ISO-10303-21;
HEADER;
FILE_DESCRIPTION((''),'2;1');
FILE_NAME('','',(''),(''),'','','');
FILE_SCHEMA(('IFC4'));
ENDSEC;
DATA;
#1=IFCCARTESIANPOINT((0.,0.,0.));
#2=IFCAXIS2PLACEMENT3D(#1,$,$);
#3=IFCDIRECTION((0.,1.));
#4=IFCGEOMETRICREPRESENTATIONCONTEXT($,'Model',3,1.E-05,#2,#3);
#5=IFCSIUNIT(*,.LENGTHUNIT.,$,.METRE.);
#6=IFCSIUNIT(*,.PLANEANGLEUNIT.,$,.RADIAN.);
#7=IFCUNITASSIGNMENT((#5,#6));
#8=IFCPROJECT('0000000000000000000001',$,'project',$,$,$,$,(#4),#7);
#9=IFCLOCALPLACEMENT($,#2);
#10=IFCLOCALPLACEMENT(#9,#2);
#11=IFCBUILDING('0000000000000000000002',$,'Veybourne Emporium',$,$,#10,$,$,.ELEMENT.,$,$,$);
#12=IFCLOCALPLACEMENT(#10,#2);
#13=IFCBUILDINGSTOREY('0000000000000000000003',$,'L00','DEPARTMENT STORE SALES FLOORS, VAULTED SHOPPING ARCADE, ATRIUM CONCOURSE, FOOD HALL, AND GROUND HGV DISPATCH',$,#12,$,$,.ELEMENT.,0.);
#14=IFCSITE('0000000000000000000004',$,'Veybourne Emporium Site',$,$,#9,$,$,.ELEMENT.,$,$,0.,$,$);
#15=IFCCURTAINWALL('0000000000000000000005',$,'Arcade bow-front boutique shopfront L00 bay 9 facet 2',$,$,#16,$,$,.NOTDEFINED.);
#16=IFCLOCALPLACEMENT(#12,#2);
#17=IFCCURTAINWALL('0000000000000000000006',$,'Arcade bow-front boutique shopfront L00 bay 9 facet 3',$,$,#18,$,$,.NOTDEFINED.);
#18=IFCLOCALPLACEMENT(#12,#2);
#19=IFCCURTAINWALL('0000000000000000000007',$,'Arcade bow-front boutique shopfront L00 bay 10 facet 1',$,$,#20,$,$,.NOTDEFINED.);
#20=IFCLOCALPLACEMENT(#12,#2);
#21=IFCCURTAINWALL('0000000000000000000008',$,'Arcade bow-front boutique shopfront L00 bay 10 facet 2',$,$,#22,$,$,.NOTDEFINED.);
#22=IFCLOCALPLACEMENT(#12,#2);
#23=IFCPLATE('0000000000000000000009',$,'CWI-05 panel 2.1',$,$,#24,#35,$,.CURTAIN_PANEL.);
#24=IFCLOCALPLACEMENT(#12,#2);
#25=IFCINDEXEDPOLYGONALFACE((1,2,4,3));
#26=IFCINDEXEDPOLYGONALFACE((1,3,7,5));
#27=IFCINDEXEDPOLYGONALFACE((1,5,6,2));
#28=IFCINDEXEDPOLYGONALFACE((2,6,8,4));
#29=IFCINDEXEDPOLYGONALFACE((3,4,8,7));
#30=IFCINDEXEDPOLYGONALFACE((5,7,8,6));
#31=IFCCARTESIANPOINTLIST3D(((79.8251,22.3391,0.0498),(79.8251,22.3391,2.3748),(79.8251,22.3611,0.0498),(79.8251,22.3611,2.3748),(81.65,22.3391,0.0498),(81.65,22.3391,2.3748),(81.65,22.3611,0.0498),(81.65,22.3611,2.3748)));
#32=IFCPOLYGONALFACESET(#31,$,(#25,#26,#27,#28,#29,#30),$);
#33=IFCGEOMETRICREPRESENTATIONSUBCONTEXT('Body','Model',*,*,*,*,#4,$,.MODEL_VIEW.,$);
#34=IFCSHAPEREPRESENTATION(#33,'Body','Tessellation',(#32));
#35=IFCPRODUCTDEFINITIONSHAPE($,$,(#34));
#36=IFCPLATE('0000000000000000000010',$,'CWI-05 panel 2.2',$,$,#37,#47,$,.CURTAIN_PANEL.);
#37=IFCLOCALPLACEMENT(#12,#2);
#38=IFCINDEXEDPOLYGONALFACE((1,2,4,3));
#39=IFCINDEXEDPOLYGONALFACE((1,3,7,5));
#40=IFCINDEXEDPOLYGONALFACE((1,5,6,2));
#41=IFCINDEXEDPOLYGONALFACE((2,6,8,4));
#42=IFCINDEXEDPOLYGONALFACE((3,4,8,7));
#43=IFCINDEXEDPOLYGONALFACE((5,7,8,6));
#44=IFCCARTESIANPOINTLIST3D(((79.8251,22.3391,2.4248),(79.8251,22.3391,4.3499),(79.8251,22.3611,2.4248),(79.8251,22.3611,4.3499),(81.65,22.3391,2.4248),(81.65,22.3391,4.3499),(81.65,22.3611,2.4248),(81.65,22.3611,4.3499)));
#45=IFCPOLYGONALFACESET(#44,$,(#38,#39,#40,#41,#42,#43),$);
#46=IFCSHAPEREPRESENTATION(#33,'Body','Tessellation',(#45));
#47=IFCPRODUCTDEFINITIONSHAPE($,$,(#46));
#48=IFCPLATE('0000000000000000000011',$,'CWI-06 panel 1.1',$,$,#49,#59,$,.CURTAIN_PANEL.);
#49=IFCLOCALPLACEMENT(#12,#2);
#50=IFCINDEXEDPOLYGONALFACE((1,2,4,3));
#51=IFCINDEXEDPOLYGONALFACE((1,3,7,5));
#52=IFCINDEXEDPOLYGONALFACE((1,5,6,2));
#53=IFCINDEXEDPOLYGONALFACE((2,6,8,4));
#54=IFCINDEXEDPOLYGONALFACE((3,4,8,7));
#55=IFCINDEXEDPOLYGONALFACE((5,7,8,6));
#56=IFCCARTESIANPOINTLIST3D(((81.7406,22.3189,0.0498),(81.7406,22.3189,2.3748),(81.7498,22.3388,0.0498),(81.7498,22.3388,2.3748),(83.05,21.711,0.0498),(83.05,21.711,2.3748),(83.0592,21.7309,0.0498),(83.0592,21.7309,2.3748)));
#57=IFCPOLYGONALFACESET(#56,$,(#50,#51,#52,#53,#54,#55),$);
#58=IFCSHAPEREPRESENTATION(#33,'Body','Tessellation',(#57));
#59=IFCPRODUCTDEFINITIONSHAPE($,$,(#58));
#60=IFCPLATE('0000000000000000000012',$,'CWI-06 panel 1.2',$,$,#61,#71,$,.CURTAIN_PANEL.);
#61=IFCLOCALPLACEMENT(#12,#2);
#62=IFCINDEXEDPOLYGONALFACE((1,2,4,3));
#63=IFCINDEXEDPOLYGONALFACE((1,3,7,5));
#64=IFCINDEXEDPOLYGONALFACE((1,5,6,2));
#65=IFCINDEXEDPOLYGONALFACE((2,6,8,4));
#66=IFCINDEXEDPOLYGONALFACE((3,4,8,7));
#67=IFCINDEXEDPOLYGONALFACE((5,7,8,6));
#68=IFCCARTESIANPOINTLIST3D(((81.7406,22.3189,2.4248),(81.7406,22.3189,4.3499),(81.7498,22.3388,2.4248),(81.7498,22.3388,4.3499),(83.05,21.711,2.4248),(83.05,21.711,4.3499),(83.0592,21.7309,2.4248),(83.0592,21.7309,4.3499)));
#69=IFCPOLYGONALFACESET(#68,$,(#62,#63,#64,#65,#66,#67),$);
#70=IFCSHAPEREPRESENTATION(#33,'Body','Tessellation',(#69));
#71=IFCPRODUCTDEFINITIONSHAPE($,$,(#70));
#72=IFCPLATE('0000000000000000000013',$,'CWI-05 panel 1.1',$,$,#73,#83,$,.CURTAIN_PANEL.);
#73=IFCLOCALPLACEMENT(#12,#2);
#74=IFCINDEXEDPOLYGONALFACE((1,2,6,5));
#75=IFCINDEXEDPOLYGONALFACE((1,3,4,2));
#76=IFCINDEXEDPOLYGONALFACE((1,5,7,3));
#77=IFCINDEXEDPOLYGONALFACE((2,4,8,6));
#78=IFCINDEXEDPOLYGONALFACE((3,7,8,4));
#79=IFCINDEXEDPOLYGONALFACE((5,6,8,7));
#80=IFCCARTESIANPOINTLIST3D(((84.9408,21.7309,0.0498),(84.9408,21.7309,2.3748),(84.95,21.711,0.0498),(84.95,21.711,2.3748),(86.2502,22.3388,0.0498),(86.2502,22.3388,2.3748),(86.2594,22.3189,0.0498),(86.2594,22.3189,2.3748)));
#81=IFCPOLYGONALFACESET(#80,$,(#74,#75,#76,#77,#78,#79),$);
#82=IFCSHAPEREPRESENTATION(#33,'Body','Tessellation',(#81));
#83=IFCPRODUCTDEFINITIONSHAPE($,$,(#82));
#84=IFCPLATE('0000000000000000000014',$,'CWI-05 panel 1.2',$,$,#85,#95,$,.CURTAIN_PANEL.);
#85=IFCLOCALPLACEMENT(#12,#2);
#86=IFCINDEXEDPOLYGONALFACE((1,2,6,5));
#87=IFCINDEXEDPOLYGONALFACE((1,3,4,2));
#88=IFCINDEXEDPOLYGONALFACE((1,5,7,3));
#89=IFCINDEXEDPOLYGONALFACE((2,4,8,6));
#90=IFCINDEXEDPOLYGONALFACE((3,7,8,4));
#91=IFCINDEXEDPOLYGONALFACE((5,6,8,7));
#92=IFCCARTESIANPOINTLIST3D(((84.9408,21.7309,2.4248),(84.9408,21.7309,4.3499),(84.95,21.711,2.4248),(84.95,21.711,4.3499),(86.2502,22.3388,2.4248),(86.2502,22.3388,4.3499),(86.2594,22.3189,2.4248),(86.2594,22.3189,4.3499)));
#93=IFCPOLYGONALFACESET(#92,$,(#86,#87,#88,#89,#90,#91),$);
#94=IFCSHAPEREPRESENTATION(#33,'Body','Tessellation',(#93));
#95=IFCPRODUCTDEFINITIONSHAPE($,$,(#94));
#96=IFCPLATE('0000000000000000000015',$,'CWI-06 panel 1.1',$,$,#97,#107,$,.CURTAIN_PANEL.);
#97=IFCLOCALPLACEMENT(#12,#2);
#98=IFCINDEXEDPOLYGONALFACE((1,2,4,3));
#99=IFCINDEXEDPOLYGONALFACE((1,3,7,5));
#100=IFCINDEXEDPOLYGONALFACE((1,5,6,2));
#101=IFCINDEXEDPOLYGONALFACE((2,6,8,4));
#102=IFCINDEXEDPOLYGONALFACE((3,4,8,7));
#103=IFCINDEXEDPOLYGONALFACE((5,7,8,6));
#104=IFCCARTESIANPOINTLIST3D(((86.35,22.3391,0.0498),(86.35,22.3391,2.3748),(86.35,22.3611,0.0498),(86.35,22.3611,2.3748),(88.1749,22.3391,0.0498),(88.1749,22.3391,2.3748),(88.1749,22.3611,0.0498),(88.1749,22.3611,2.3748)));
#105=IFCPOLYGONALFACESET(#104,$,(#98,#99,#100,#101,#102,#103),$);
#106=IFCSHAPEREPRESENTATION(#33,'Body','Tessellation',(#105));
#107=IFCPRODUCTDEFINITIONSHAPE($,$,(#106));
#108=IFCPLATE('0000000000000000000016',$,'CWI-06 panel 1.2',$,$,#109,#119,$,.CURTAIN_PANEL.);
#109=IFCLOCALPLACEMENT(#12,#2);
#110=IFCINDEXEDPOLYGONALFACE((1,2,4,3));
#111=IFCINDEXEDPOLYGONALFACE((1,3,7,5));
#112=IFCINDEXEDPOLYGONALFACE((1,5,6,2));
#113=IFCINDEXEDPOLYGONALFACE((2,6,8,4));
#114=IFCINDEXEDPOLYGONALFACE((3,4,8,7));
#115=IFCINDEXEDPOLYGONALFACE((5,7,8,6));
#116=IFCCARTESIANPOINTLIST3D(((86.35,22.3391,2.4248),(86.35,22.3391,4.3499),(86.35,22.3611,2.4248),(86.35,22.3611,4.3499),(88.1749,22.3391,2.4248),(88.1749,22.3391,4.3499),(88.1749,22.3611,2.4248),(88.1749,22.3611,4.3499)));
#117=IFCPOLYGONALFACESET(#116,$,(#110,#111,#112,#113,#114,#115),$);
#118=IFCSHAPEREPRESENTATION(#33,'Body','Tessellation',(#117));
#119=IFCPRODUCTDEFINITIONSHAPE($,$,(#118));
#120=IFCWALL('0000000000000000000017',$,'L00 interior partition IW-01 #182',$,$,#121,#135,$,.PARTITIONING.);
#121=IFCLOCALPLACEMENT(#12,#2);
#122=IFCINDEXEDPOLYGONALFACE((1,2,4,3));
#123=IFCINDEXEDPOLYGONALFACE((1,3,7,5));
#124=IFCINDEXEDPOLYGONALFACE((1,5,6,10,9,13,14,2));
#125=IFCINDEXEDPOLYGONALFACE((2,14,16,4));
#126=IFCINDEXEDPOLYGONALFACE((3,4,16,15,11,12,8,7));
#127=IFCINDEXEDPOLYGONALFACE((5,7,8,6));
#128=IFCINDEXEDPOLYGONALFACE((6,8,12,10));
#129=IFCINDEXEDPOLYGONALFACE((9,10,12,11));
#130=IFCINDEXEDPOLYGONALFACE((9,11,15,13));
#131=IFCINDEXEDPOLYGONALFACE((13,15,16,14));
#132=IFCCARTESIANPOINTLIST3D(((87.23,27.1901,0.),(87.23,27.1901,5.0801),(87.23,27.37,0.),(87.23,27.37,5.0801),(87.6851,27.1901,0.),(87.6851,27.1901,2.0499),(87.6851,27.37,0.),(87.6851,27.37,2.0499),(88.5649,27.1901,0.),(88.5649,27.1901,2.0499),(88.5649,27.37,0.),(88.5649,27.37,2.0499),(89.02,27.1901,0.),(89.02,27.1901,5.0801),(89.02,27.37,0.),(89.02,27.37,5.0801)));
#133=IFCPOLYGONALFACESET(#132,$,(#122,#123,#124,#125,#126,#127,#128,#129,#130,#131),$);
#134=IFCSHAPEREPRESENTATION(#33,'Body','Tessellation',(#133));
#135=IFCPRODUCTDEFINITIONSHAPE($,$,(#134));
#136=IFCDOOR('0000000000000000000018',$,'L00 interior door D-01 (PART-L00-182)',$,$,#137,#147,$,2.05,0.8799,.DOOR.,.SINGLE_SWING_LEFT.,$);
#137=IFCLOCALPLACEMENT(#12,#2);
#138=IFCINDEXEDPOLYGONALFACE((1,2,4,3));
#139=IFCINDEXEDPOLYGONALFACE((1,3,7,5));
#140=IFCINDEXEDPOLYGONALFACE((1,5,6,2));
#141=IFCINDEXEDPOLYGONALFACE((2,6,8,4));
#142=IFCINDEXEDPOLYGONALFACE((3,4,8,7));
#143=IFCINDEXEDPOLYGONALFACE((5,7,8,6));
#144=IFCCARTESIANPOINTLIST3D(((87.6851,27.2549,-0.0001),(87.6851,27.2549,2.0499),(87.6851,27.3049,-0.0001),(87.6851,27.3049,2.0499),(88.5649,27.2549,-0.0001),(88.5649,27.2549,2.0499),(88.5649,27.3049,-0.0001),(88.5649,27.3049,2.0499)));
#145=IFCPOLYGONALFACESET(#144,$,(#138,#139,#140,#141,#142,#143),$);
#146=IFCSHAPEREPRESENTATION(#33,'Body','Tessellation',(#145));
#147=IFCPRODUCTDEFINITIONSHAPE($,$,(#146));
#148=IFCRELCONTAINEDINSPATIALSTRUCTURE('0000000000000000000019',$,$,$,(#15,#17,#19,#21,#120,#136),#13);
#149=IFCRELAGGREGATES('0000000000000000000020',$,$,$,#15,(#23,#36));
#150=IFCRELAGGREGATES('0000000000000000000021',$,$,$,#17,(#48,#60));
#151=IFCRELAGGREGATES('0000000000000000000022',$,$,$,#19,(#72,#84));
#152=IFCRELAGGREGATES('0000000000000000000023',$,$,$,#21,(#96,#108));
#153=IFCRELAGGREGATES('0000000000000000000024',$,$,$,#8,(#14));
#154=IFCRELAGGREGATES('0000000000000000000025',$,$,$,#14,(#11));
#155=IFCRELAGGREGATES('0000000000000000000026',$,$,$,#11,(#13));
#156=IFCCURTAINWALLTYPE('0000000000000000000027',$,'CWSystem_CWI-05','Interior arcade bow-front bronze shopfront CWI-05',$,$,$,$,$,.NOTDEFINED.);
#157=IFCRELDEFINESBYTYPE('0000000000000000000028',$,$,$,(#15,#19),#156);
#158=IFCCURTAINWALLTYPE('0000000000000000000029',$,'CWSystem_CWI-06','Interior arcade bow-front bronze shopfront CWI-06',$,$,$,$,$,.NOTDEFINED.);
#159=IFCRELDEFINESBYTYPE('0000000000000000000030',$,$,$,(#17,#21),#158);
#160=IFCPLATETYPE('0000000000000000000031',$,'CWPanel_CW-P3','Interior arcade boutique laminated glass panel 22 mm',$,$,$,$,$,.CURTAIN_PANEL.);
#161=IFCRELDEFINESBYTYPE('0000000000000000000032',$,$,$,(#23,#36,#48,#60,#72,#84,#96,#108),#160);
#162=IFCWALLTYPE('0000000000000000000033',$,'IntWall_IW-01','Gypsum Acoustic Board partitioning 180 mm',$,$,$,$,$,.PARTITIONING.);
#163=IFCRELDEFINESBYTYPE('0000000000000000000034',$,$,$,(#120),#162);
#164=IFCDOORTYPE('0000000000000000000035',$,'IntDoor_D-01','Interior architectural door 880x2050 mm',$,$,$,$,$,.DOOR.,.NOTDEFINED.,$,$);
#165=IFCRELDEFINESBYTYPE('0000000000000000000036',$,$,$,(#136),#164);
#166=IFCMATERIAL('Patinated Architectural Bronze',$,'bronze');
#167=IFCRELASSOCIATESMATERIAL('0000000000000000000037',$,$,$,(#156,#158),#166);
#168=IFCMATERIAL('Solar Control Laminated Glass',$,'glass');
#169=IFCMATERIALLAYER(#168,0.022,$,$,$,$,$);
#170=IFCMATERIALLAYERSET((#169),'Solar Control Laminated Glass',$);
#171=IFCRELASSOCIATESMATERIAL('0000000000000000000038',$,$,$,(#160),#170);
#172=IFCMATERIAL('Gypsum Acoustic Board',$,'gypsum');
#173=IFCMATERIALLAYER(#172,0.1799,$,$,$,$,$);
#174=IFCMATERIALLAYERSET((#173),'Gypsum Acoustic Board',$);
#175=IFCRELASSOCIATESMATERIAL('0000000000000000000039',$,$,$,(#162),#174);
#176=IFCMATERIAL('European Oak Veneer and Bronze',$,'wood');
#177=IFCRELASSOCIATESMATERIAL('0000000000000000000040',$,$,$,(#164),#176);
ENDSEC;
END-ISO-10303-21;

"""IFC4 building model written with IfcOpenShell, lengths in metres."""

from ifc_helpers import new_model, si_unit, direction, frame, frame_2d, origin, origin_2d, place, context, subcontext, project, spatial, rectangle, extrude, material, layer, layer_set, type_object, element, fill, aggregate, save


model = new_model("IFC4")

# Units and contexts
model_context = context("Model", 3, precision=1e-05, world=origin(), true_north=direction((0.0, 1.0)))
body_context = subcontext(model_context, "Body", "Model", "MODEL_VIEW")
ifc_project = project(units=[si_unit("LENGTHUNIT", "METRE"), si_unit("PLANEANGLEUNIT", "RADIAN")], contexts=[model_context])

# Site, building, storey
site_placement = place(None, origin())
site = spatial("IfcSite", under=ifc_project, at=site_placement, Name="Veybourne Emporium Site", CompositionType="ELEMENT", RefElevation=0.0)
building_placement = place(site_placement, origin())
building = spatial("IfcBuilding", under=site, at=building_placement, Name="Veybourne Emporium", CompositionType="ELEMENT")
storey_placement = place(building_placement, origin())
storey = spatial("IfcBuildingStorey", under=building, at=storey_placement, Name="L00", Description="DEPARTMENT STORE SALES FLOORS, VAULTED SHOPPING ARCADE, ATRIUM CONCOURSE, FOOD HALL, AND GROUND HGV DISPATCH", CompositionType="ELEMENT", Elevation=0.0)

# Curtain wall
ifc_material_1 = material(Name="Patinated Architectural Bronze", Category="bronze")
curtain_wall_type_1 = type_object("IfcCurtainWallType", Name="CWSystem_CWI-05", Description="Interior arcade bow-front bronze shopfront CWI-05", PredefinedType="NOTDEFINED", material=ifc_material_1)
curtain_wall_1_placement = place(storey_placement, origin())
curtain_wall_1 = element("IfcCurtainWall", 1, at=curtain_wall_1_placement, inside=storey, type_object=curtain_wall_type_1, Name="Arcade bow-front boutique shopfront L00 bay 9 facet 2", PredefinedType="NOTDEFINED")

# Curtain wall
curtain_wall_type_2 = type_object("IfcCurtainWallType", Name="CWSystem_CWI-06", Description="Interior arcade bow-front bronze shopfront CWI-06", PredefinedType="NOTDEFINED", material=ifc_material_1)
curtain_wall_2_placement = place(storey_placement, origin())
curtain_wall_2 = element("IfcCurtainWall", 2, at=curtain_wall_2_placement, inside=storey, type_object=curtain_wall_type_2, Name="Arcade bow-front boutique shopfront L00 bay 9 facet 3", PredefinedType="NOTDEFINED")

# Curtain walls
curtain_wall_3_placement = place(storey_placement, origin())
curtain_wall_3 = element("IfcCurtainWall", 3, at=curtain_wall_3_placement, inside=storey, type_object=curtain_wall_type_1, Name="Arcade bow-front boutique shopfront L00 bay 10 facet 1", PredefinedType="NOTDEFINED")
curtain_wall_4_placement = place(storey_placement, origin())
curtain_wall_4 = element("IfcCurtainWall", 4, at=curtain_wall_4_placement, inside=storey, type_object=curtain_wall_type_2, Name="Arcade bow-front boutique shopfront L00 bay 10 facet 2", PredefinedType="NOTDEFINED")

# Plates
ifc_material_2 = material(Name="Solar Control Laminated Glass", Category="glass")
ifc_layer_1 = layer(ifc_material_2, 0.022)
ifc_layer_set_1 = layer_set([ifc_layer_1], Name="Solar Control Laminated Glass")
plate_type = type_object("IfcPlateType", Name="CWPanel_CW-P3", Description="Interior arcade boutique laminated glass panel 22 mm", PredefinedType="CURTAIN_PANEL", material=ifc_layer_set_1)
plate_1_placement = place(storey_placement, frame((80.7375, 22.3501, 0.0498), z_axis=(0.0, 0.0, 1.0), x_axis=(1.0, 0.0, 0.0)))
plate_1 = element("IfcPlate", 5, at=plate_1_placement, type_object=plate_type, Name="CWI-05 panel 2.1", PredefinedType="CURTAIN_PANEL", context=body_context, shape_type="SweptSolid", body=[
    extrude(rectangle(XDim=1.825, YDim=0.022, at=origin_2d()), origin(), (0.0, 0.0, 1.0), 2.325),
])
plate_2_placement = place(storey_placement, frame((80.7375, 22.3501, 2.4248), z_axis=(0.0, 0.0, 1.0), x_axis=(1.0, 0.0, 0.0)))
plate_2 = element("IfcPlate", 6, at=plate_2_placement, type_object=plate_type, Name="CWI-05 panel 2.2", PredefinedType="CURTAIN_PANEL", context=body_context, shape_type="SweptSolid", body=[
    extrude(rectangle(XDim=1.825, YDim=0.022, at=origin_2d()), origin(), (0.0, 0.0, 1.0), 1.925),
])
aggregate(curtain_wall_1, [plate_1, plate_2])
plate_3_placement = place(storey_placement, frame((82.3999, 22.0249, 0.0498), z_axis=(0.0, 0.0, 1.0), x_axis=(0.907009, -0.421111, 0.0)))
plate_3 = element("IfcPlate", 7, at=plate_3_placement, type_object=plate_type, Name="CWI-06 panel 1.1", PredefinedType="CURTAIN_PANEL", context=body_context, shape_type="SweptSolid", body=[
    extrude(rectangle(XDim=1.4436, YDim=0.022, at=origin_2d()), origin(), (0.0, 0.0, 1.0), 2.325),
])
plate_4_placement = place(storey_placement, frame((82.3999, 22.0249, 2.4248), z_axis=(0.0, 0.0, 1.0), x_axis=(0.907009, -0.421111, 0.0)))
plate_4 = element("IfcPlate", 8, at=plate_4_placement, type_object=plate_type, Name="CWI-06 panel 1.2", PredefinedType="CURTAIN_PANEL", context=body_context, shape_type="SweptSolid", body=[
    extrude(rectangle(XDim=1.4436, YDim=0.022, at=origin_2d()), origin(), (0.0, 0.0, 1.0), 1.925),
])
aggregate(curtain_wall_2, [plate_3, plate_4])
plate_5_placement = place(storey_placement, frame((85.6001, 22.0249, 0.0498), z_axis=(0.0, 0.0, 1.0), x_axis=(0.907009, 0.421111, 0.0)))
plate_5 = element("IfcPlate", 9, at=plate_5_placement, type_object=plate_type, Name="CWI-05 panel 1.1", PredefinedType="CURTAIN_PANEL", context=body_context, shape_type="SweptSolid", body=[
    extrude(rectangle(XDim=1.4436, YDim=0.022, at=origin_2d()), origin(), (0.0, 0.0, 1.0), 2.325),
])
plate_6_placement = place(storey_placement, frame((85.6001, 22.0249, 2.4248), z_axis=(0.0, 0.0, 1.0), x_axis=(0.907009, 0.421111, 0.0)))
plate_6 = element("IfcPlate", 10, at=plate_6_placement, type_object=plate_type, Name="CWI-05 panel 1.2", PredefinedType="CURTAIN_PANEL", context=body_context, shape_type="SweptSolid", body=[
    extrude(rectangle(XDim=1.4436, YDim=0.022, at=origin_2d()), origin(), (0.0, 0.0, 1.0), 1.925),
])
aggregate(curtain_wall_3, [plate_5, plate_6])
plate_7_placement = place(storey_placement, frame((87.2625, 22.3501, 0.0498), z_axis=(0.0, 0.0, 1.0), x_axis=(1.0, 0.0, 0.0)))
plate_7 = element("IfcPlate", 11, at=plate_7_placement, type_object=plate_type, Name="CWI-06 panel 1.1", PredefinedType="CURTAIN_PANEL", context=body_context, shape_type="SweptSolid", body=[
    extrude(rectangle(XDim=1.825, YDim=0.022, at=origin_2d()), origin(), (0.0, 0.0, 1.0), 2.325),
])
plate_8_placement = place(storey_placement, frame((87.2625, 22.3501, 2.4248), z_axis=(0.0, 0.0, 1.0), x_axis=(1.0, 0.0, 0.0)))
plate_8 = element("IfcPlate", 12, at=plate_8_placement, type_object=plate_type, Name="CWI-06 panel 1.2", PredefinedType="CURTAIN_PANEL", context=body_context, shape_type="SweptSolid", body=[
    extrude(rectangle(XDim=1.825, YDim=0.022, at=origin_2d()), origin(), (0.0, 0.0, 1.0), 1.925),
])
aggregate(curtain_wall_4, [plate_7, plate_8])

# Wall, opening, door
ifc_material_3 = material(Name="Gypsum Acoustic Board", Category="gypsum")
ifc_layer_2 = layer(ifc_material_3, 0.1799)
ifc_layer_set_2 = layer_set([ifc_layer_2], Name="Gypsum Acoustic Board")
wall_type = type_object("IfcWallType", Name="IntWall_IW-01", Description="Gypsum Acoustic Board partitioning 180 mm", PredefinedType="PARTITIONING", material=ifc_layer_set_2)
wall_placement = place(storey_placement, frame((87.23, 27.28, 0.0), z_axis=(0.0, 0.0, 1.0), x_axis=(1.0, 0.0, 0.0)))
wall = element("IfcWall", 13, at=wall_placement, inside=storey, type_object=wall_type, Name="L00 interior partition IW-01 #182", PredefinedType="PARTITIONING", context=body_context, shape_type="SweptSolid", body=[
    extrude(rectangle(XDim=1.79, YDim=0.1799, at=frame_2d((0.895, 0.0))), origin(), (0.0, 0.0, 1.0), 5.0801),
])
opening_placement = place(wall_placement, frame((0.4551, 0.0, 0.0)))
opening = element("IfcOpeningElement", 14, at=opening_placement, cuts=wall, PredefinedType="OPENING", context=body_context, shape_type="SweptSolid", body=[
    extrude(rectangle(XDim=0.8799, YDim=2.05, at=frame_2d((0.4399, 1.0249))), frame((0.0, 0.1099, 0.0), z_axis=(0.0, -1.0, 0.0), x_axis=(1.0, 0.0, 0.0)), (0.0, 0.0, 1.0), 0.22),
])
ifc_material_4 = material(Name="European Oak Veneer and Bronze", Category="wood")
door_type = type_object("IfcDoorType", Name="IntDoor_D-01", Description="Interior architectural door 880x2050 mm", OperationType="NOTDEFINED", PredefinedType="DOOR", material=ifc_material_4)
door_placement = place(opening_placement, origin())
door = element("IfcDoor", 15, at=door_placement, inside=storey, type_object=door_type, Name="L00 interior door D-01 (PART-L00-182)", OperationType="SINGLE_SWING_LEFT", OverallHeight=2.05, OverallWidth=0.8799, PredefinedType="DOOR", context=body_context, shape_type="SweptSolid", body=[
    extrude(rectangle(XDim=0.8799, YDim=2.05, at=frame_2d((0.4399, 1.0249))), frame((0.0, 0.0249, 0.0), z_axis=(0.0, -1.0, 0.0), x_axis=(1.0, 0.0, 0.0)), (0.0, 0.0, 1.0), 0.05),
])
fill(opening, door)

save(model, "model.ifc")
